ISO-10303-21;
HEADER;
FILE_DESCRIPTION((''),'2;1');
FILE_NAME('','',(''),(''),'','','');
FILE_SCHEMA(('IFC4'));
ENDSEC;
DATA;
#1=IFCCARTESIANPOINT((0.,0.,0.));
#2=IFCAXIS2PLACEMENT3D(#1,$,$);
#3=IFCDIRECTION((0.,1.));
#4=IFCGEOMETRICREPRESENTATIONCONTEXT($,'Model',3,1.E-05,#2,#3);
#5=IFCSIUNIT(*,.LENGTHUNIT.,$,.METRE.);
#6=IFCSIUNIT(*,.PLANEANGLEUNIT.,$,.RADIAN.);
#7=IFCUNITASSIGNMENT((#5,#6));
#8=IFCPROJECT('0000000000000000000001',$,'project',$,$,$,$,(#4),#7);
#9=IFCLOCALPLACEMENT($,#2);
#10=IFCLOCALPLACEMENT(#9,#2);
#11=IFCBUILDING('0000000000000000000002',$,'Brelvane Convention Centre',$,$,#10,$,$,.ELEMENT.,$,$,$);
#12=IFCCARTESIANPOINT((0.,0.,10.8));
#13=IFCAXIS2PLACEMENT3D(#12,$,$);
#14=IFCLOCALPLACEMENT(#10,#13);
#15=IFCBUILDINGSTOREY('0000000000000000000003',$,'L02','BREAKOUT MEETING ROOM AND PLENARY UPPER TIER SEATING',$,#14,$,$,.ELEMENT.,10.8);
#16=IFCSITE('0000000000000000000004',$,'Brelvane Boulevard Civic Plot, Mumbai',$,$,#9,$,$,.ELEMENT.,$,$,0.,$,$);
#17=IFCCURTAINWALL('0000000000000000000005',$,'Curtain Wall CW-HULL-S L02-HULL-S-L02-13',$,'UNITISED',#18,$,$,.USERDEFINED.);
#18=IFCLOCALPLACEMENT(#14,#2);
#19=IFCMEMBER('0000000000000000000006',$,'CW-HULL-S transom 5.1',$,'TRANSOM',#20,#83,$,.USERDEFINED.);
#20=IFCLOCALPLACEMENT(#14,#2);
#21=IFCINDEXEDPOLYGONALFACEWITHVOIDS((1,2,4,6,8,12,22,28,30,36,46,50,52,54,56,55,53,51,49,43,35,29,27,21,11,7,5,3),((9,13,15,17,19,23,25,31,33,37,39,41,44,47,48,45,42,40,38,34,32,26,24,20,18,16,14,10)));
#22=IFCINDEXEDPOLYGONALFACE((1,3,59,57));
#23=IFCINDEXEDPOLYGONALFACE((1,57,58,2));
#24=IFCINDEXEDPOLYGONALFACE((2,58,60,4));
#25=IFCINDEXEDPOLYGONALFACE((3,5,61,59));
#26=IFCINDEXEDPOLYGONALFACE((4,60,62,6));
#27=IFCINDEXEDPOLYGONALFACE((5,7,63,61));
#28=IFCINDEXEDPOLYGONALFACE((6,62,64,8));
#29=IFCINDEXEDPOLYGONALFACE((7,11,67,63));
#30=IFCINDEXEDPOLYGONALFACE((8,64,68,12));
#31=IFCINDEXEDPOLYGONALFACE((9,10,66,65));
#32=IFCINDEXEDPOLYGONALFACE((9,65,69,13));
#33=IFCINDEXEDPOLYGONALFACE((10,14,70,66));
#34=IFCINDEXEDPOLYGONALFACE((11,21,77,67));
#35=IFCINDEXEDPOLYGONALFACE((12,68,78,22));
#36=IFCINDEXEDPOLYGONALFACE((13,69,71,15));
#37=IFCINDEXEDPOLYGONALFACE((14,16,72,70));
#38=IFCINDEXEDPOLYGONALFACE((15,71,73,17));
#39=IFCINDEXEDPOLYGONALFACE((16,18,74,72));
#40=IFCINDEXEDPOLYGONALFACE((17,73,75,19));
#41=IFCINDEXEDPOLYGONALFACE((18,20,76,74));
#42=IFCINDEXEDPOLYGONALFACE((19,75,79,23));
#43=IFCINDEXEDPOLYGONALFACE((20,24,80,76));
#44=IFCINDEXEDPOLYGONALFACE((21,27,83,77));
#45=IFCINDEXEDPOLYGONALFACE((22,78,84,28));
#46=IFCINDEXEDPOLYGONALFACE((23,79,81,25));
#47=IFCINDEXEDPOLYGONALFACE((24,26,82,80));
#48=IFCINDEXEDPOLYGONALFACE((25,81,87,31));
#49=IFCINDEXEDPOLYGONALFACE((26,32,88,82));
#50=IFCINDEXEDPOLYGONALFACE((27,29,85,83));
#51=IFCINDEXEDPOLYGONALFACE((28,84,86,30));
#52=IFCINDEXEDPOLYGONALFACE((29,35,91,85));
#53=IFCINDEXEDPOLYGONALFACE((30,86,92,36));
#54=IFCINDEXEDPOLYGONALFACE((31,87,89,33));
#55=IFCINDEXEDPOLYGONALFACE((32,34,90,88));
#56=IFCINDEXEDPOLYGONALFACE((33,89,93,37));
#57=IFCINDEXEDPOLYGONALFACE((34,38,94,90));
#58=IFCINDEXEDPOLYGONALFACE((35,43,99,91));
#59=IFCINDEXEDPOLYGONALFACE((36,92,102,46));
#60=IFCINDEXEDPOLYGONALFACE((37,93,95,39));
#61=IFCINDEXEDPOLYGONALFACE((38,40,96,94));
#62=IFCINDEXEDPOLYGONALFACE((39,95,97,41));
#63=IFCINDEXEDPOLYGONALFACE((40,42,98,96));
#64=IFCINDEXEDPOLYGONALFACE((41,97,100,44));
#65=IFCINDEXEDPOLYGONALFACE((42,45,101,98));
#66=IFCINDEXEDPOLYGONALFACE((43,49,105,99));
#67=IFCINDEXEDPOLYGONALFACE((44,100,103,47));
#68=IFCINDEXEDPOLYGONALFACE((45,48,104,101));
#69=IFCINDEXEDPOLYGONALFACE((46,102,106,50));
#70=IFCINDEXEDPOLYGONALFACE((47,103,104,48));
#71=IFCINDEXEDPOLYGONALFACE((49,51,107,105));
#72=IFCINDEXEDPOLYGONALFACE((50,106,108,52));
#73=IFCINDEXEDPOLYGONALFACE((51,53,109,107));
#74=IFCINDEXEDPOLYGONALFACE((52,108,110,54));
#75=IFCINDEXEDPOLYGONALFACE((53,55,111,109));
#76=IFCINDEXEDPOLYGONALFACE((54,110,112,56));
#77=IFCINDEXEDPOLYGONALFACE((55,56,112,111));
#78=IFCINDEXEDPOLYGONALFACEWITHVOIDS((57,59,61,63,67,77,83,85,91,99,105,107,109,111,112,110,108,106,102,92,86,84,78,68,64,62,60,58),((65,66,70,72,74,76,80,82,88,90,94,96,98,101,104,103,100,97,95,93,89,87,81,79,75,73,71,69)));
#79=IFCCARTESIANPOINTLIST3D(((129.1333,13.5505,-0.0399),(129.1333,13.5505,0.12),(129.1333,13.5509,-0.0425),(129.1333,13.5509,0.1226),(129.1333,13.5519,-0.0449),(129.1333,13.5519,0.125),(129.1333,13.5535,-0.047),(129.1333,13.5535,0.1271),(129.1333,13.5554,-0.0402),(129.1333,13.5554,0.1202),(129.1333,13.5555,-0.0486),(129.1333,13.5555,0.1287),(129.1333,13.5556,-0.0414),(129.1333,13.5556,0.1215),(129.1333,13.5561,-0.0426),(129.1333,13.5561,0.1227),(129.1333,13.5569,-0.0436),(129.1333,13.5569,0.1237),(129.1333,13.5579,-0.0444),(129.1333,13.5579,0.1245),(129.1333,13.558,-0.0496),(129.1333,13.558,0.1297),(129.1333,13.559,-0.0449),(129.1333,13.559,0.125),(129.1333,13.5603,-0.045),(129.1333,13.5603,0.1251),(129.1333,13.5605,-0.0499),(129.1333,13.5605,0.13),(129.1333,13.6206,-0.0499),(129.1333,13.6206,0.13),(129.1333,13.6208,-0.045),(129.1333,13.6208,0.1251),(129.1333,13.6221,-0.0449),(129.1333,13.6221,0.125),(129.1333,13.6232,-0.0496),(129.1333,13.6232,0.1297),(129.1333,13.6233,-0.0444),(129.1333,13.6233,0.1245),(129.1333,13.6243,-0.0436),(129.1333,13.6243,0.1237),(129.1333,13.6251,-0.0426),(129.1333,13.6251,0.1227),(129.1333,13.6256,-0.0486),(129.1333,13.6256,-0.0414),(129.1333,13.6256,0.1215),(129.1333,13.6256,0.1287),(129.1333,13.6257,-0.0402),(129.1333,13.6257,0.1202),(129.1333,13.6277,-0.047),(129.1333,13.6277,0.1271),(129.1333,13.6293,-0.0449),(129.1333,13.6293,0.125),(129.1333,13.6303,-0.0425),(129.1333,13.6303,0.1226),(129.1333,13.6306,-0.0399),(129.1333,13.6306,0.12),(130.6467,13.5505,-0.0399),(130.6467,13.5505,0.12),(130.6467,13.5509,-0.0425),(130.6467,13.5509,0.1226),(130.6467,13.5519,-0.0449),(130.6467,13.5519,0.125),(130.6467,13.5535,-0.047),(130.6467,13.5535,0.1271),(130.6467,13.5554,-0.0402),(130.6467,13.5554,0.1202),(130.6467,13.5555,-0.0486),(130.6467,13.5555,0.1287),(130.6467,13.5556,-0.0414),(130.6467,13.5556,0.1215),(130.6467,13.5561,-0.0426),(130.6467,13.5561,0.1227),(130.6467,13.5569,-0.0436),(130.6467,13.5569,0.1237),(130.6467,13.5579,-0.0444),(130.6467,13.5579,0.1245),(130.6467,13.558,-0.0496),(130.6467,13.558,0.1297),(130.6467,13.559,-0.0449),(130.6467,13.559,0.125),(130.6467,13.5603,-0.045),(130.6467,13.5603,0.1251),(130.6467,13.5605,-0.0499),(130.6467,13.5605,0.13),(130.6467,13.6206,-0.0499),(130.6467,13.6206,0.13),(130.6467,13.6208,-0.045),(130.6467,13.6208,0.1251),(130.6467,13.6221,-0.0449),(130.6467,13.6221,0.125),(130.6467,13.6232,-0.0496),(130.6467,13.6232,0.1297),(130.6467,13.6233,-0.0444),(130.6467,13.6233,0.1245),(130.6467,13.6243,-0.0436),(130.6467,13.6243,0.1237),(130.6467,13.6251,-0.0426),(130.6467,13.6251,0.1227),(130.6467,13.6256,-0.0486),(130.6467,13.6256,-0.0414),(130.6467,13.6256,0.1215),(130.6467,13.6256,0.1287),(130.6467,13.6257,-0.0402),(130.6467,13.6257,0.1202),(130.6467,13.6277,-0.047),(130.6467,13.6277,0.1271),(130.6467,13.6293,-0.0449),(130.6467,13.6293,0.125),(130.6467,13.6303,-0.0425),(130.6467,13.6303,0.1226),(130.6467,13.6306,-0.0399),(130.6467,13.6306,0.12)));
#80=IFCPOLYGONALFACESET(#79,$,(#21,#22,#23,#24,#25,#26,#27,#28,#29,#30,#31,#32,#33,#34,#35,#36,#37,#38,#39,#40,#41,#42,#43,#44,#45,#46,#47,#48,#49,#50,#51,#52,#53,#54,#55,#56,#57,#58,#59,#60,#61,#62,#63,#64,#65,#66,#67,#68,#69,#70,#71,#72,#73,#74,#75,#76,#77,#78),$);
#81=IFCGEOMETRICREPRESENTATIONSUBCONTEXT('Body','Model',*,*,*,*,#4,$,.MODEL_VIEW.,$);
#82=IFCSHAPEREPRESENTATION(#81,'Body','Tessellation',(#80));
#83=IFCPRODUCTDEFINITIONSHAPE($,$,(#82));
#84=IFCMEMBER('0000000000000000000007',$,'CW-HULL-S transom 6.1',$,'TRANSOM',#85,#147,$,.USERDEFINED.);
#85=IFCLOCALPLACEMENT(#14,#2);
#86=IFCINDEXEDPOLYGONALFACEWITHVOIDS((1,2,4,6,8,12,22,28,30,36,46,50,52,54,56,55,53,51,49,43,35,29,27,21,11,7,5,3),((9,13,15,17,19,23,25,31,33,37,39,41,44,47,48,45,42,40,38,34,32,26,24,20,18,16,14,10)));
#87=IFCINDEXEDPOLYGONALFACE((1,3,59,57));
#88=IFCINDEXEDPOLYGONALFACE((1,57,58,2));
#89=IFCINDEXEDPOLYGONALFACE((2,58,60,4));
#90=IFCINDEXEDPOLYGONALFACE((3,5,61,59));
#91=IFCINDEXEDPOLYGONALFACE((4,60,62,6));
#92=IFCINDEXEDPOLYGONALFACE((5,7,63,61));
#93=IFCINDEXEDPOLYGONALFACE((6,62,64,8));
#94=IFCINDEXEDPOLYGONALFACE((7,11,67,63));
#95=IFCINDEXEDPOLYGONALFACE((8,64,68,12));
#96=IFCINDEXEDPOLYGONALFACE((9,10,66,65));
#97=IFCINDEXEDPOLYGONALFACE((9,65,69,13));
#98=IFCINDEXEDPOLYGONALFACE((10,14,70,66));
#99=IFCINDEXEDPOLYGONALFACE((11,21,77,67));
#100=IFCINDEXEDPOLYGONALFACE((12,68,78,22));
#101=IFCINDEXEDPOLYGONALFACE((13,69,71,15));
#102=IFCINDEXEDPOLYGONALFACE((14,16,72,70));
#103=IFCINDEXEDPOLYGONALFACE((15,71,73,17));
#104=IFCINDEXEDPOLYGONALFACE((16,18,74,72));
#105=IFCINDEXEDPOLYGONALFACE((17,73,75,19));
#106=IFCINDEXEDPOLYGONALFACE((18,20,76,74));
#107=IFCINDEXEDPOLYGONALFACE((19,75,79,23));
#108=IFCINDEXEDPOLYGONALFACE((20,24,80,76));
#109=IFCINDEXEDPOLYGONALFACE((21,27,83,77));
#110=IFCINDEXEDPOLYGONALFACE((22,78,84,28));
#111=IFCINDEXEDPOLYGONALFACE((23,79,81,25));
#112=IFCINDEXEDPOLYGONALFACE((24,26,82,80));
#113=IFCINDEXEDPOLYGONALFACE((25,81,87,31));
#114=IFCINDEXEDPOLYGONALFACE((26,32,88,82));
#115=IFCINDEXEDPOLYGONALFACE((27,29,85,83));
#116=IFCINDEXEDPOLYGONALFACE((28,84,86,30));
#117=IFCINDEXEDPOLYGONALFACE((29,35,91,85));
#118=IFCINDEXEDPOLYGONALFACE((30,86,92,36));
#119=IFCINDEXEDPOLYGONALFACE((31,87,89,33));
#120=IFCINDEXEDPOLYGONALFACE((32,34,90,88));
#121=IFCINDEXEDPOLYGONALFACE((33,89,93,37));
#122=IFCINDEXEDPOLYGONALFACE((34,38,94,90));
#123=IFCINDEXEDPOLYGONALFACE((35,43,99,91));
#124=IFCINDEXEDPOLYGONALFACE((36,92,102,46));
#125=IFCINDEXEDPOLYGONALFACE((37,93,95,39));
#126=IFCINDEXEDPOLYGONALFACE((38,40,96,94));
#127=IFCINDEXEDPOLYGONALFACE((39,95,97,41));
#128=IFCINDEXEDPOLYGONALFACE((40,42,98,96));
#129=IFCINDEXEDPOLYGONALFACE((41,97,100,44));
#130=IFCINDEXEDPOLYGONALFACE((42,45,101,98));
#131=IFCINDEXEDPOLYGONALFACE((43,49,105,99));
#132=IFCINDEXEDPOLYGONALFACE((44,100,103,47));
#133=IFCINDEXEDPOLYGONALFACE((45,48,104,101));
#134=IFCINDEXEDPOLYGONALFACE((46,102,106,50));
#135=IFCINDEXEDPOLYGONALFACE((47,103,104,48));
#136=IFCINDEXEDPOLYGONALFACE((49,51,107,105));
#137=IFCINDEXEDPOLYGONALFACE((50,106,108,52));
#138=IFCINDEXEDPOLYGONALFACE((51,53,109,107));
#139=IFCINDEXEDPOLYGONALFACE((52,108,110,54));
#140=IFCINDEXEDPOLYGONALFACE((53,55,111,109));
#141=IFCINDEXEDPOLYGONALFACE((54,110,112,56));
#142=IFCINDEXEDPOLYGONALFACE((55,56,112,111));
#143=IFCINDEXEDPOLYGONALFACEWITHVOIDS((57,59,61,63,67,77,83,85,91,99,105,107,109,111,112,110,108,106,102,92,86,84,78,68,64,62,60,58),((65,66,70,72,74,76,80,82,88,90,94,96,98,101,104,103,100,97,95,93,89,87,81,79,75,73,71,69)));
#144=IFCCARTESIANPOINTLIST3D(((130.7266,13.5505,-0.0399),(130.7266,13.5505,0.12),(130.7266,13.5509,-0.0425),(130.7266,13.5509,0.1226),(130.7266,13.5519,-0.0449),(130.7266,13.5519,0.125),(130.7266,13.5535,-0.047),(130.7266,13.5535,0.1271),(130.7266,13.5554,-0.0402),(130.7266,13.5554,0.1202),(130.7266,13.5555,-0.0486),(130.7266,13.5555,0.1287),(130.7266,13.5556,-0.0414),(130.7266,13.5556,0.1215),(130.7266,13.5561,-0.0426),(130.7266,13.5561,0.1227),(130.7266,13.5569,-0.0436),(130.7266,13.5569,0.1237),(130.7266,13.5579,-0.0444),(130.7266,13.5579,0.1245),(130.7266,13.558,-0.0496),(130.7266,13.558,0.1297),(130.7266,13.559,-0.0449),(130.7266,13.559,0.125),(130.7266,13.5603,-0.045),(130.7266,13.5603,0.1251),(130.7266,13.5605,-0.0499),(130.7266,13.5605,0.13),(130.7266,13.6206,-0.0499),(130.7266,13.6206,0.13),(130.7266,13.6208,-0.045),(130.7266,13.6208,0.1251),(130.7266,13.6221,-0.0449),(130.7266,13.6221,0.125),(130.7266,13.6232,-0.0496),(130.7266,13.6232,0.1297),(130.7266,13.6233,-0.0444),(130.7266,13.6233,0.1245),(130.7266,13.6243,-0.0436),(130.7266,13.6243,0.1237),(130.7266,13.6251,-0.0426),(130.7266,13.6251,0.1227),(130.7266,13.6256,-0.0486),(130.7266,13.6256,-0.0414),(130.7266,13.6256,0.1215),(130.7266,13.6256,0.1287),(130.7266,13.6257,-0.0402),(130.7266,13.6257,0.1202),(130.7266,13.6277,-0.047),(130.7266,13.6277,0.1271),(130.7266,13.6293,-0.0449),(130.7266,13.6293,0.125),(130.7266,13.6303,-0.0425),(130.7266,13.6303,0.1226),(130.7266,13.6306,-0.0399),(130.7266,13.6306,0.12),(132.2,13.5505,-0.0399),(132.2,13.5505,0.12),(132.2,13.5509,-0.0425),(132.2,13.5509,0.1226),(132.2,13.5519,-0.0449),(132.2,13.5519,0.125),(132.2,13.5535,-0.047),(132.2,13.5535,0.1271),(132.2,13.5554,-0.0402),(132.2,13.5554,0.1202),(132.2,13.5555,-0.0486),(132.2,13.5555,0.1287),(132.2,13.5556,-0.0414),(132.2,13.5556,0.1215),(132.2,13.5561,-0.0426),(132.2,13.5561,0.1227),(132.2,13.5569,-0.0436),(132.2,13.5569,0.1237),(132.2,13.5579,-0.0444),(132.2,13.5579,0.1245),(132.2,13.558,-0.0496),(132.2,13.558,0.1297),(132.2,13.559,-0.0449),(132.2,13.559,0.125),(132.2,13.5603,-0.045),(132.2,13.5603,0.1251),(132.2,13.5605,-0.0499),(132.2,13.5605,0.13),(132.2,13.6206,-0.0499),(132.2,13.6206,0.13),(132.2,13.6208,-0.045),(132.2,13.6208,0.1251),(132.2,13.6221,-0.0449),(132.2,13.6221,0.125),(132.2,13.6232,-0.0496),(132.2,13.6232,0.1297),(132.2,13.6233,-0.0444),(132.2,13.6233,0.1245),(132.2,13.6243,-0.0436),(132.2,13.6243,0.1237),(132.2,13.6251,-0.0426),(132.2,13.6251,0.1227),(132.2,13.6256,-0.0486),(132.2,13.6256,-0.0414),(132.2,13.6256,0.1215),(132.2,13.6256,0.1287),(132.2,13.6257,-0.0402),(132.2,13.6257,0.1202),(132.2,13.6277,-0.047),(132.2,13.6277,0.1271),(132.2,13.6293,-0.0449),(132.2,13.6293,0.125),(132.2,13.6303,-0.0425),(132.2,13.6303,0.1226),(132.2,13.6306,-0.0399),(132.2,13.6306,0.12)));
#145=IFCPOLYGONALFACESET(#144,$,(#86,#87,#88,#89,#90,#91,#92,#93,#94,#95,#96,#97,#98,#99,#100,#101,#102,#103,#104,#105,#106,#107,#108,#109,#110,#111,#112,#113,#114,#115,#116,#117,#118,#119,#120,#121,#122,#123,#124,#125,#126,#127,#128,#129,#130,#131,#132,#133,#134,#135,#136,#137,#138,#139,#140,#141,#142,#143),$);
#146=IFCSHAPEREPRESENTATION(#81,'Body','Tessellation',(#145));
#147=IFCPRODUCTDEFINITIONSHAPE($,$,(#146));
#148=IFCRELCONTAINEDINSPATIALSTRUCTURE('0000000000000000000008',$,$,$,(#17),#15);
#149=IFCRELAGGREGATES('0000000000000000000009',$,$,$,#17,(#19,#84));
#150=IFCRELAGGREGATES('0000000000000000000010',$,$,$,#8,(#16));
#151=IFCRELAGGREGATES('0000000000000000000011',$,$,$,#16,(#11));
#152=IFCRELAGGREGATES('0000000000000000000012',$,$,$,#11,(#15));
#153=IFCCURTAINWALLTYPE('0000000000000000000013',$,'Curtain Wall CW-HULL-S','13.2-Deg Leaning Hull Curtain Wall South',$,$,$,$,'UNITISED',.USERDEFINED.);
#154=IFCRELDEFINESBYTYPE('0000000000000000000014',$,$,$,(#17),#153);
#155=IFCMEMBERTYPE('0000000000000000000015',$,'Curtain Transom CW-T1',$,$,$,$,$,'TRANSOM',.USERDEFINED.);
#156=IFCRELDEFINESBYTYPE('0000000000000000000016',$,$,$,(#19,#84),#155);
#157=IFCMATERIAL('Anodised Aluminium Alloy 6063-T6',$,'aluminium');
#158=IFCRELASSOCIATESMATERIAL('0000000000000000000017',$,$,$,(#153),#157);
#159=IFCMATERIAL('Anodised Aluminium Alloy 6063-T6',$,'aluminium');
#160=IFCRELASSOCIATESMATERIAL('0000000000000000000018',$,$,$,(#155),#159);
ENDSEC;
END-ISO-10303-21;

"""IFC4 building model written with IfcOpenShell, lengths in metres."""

from ifc_helpers import new_model, si_unit, direction, frame, origin, origin_2d, place, context, subcontext, project, spatial, hollow_rectangle, extrude, material, material_profile, profile_set, type_object, element, aggregate, save


model = new_model("IFC4")

# Units and contexts
model_context = context("Model", 3, precision=1e-05, world=origin(), true_north=direction((0.0, 1.0)))
body_context = subcontext(model_context, "Body", "Model", "MODEL_VIEW")
ifc_project = project(units=[si_unit("LENGTHUNIT", "METRE"), si_unit("PLANEANGLEUNIT", "RADIAN")], contexts=[model_context])

# Site, building, storey
site_placement = place(None, origin())
site = spatial("IfcSite", under=ifc_project, at=site_placement, Name="Brelvane Boulevard Civic Plot, Mumbai", CompositionType="ELEMENT", RefElevation=0.0)
building_placement = place(site_placement, origin())
building = spatial("IfcBuilding", under=site, at=building_placement, Name="Brelvane Convention Centre", CompositionType="ELEMENT")
storey_placement = place(building_placement, frame((0.0, 0.0, 10.8)))
storey = spatial("IfcBuildingStorey", under=building, at=storey_placement, Name="L02", Description="BREAKOUT MEETING ROOM AND PLENARY UPPER TIER SEATING", CompositionType="ELEMENT", Elevation=10.8)

# Curtain wall
ifc_material_1 = material(Name="Anodised Aluminium Alloy 6063-T6", Category="aluminium")
curtain_wall_type = type_object("IfcCurtainWallType", Name="Curtain Wall CW-HULL-S", Description="13.2-Deg Leaning Hull Curtain Wall South", ElementType="UNITISED", PredefinedType="USERDEFINED", material=ifc_material_1)
curtain_wall_1_placement = place(storey_placement, origin())
curtain_wall_1 = element("IfcCurtainWall", 1, at=curtain_wall_1_placement, inside=storey, type_object=curtain_wall_type, Name="Curtain Wall CW-HULL-S L02-HULL-S-L02-13", ObjectType="UNITISED", PredefinedType="USERDEFINED")

# Members
ifc_material_2 = material(Name="Anodised Aluminium Alloy 6063-T6", Category="aluminium")
ifc_material_profile_1 = material_profile(ifc_material_2, hollow_rectangle(XDim=0.0801, YDim=0.1799, WallThickness=0.0049, InnerFilletRadius=0.0049, OuterFilletRadius=0.01, at=origin_2d()), Name="ALU-T 180x80x5.0")
ifc_profile_set_1 = profile_set([ifc_material_profile_1], Name="Anodised Aluminium Alloy 6063-T6")
member_type_1 = type_object("IfcMemberType", Name="Curtain Transom CW-T1", ElementType="TRANSOM", PredefinedType="USERDEFINED", material=ifc_profile_set_1)
member_1_placement = place(storey_placement, frame((129.1333, 13.5906, 0.04), z_axis=(1.0, 0.0, 0.0), x_axis=(0.0, 1.0, 0.0)))
member_1 = element("IfcMember", 2, at=member_1_placement, type_object=member_type_1, Name="CW-HULL-S transom 5.1", ObjectType="TRANSOM", PredefinedType="USERDEFINED", context=body_context, shape_type="SweptSolid", body=[
    extrude(hollow_rectangle(XDim=0.0801, YDim=0.1799, WallThickness=0.0049, InnerFilletRadius=0.0049, OuterFilletRadius=0.01, at=origin_2d()), origin(), (0.0, 0.0, 1.0), 1.5134),
])
member_2_placement = place(storey_placement, frame((130.7266, 13.5906, 0.04), z_axis=(1.0, 0.0, 0.0), x_axis=(0.0, 1.0, 0.0)))
member_2 = element("IfcMember", 3, at=member_2_placement, type_object=member_type_1, Name="CW-HULL-S transom 6.1", ObjectType="TRANSOM", PredefinedType="USERDEFINED", context=body_context, shape_type="SweptSolid", body=[
    extrude(hollow_rectangle(XDim=0.0801, YDim=0.1799, WallThickness=0.0049, InnerFilletRadius=0.0049, OuterFilletRadius=0.01, at=origin_2d()), origin(), (0.0, 0.0, 1.0), 1.4734),
])
aggregate(curtain_wall_1, [member_1, member_2])

save(model, "model.ifc")
